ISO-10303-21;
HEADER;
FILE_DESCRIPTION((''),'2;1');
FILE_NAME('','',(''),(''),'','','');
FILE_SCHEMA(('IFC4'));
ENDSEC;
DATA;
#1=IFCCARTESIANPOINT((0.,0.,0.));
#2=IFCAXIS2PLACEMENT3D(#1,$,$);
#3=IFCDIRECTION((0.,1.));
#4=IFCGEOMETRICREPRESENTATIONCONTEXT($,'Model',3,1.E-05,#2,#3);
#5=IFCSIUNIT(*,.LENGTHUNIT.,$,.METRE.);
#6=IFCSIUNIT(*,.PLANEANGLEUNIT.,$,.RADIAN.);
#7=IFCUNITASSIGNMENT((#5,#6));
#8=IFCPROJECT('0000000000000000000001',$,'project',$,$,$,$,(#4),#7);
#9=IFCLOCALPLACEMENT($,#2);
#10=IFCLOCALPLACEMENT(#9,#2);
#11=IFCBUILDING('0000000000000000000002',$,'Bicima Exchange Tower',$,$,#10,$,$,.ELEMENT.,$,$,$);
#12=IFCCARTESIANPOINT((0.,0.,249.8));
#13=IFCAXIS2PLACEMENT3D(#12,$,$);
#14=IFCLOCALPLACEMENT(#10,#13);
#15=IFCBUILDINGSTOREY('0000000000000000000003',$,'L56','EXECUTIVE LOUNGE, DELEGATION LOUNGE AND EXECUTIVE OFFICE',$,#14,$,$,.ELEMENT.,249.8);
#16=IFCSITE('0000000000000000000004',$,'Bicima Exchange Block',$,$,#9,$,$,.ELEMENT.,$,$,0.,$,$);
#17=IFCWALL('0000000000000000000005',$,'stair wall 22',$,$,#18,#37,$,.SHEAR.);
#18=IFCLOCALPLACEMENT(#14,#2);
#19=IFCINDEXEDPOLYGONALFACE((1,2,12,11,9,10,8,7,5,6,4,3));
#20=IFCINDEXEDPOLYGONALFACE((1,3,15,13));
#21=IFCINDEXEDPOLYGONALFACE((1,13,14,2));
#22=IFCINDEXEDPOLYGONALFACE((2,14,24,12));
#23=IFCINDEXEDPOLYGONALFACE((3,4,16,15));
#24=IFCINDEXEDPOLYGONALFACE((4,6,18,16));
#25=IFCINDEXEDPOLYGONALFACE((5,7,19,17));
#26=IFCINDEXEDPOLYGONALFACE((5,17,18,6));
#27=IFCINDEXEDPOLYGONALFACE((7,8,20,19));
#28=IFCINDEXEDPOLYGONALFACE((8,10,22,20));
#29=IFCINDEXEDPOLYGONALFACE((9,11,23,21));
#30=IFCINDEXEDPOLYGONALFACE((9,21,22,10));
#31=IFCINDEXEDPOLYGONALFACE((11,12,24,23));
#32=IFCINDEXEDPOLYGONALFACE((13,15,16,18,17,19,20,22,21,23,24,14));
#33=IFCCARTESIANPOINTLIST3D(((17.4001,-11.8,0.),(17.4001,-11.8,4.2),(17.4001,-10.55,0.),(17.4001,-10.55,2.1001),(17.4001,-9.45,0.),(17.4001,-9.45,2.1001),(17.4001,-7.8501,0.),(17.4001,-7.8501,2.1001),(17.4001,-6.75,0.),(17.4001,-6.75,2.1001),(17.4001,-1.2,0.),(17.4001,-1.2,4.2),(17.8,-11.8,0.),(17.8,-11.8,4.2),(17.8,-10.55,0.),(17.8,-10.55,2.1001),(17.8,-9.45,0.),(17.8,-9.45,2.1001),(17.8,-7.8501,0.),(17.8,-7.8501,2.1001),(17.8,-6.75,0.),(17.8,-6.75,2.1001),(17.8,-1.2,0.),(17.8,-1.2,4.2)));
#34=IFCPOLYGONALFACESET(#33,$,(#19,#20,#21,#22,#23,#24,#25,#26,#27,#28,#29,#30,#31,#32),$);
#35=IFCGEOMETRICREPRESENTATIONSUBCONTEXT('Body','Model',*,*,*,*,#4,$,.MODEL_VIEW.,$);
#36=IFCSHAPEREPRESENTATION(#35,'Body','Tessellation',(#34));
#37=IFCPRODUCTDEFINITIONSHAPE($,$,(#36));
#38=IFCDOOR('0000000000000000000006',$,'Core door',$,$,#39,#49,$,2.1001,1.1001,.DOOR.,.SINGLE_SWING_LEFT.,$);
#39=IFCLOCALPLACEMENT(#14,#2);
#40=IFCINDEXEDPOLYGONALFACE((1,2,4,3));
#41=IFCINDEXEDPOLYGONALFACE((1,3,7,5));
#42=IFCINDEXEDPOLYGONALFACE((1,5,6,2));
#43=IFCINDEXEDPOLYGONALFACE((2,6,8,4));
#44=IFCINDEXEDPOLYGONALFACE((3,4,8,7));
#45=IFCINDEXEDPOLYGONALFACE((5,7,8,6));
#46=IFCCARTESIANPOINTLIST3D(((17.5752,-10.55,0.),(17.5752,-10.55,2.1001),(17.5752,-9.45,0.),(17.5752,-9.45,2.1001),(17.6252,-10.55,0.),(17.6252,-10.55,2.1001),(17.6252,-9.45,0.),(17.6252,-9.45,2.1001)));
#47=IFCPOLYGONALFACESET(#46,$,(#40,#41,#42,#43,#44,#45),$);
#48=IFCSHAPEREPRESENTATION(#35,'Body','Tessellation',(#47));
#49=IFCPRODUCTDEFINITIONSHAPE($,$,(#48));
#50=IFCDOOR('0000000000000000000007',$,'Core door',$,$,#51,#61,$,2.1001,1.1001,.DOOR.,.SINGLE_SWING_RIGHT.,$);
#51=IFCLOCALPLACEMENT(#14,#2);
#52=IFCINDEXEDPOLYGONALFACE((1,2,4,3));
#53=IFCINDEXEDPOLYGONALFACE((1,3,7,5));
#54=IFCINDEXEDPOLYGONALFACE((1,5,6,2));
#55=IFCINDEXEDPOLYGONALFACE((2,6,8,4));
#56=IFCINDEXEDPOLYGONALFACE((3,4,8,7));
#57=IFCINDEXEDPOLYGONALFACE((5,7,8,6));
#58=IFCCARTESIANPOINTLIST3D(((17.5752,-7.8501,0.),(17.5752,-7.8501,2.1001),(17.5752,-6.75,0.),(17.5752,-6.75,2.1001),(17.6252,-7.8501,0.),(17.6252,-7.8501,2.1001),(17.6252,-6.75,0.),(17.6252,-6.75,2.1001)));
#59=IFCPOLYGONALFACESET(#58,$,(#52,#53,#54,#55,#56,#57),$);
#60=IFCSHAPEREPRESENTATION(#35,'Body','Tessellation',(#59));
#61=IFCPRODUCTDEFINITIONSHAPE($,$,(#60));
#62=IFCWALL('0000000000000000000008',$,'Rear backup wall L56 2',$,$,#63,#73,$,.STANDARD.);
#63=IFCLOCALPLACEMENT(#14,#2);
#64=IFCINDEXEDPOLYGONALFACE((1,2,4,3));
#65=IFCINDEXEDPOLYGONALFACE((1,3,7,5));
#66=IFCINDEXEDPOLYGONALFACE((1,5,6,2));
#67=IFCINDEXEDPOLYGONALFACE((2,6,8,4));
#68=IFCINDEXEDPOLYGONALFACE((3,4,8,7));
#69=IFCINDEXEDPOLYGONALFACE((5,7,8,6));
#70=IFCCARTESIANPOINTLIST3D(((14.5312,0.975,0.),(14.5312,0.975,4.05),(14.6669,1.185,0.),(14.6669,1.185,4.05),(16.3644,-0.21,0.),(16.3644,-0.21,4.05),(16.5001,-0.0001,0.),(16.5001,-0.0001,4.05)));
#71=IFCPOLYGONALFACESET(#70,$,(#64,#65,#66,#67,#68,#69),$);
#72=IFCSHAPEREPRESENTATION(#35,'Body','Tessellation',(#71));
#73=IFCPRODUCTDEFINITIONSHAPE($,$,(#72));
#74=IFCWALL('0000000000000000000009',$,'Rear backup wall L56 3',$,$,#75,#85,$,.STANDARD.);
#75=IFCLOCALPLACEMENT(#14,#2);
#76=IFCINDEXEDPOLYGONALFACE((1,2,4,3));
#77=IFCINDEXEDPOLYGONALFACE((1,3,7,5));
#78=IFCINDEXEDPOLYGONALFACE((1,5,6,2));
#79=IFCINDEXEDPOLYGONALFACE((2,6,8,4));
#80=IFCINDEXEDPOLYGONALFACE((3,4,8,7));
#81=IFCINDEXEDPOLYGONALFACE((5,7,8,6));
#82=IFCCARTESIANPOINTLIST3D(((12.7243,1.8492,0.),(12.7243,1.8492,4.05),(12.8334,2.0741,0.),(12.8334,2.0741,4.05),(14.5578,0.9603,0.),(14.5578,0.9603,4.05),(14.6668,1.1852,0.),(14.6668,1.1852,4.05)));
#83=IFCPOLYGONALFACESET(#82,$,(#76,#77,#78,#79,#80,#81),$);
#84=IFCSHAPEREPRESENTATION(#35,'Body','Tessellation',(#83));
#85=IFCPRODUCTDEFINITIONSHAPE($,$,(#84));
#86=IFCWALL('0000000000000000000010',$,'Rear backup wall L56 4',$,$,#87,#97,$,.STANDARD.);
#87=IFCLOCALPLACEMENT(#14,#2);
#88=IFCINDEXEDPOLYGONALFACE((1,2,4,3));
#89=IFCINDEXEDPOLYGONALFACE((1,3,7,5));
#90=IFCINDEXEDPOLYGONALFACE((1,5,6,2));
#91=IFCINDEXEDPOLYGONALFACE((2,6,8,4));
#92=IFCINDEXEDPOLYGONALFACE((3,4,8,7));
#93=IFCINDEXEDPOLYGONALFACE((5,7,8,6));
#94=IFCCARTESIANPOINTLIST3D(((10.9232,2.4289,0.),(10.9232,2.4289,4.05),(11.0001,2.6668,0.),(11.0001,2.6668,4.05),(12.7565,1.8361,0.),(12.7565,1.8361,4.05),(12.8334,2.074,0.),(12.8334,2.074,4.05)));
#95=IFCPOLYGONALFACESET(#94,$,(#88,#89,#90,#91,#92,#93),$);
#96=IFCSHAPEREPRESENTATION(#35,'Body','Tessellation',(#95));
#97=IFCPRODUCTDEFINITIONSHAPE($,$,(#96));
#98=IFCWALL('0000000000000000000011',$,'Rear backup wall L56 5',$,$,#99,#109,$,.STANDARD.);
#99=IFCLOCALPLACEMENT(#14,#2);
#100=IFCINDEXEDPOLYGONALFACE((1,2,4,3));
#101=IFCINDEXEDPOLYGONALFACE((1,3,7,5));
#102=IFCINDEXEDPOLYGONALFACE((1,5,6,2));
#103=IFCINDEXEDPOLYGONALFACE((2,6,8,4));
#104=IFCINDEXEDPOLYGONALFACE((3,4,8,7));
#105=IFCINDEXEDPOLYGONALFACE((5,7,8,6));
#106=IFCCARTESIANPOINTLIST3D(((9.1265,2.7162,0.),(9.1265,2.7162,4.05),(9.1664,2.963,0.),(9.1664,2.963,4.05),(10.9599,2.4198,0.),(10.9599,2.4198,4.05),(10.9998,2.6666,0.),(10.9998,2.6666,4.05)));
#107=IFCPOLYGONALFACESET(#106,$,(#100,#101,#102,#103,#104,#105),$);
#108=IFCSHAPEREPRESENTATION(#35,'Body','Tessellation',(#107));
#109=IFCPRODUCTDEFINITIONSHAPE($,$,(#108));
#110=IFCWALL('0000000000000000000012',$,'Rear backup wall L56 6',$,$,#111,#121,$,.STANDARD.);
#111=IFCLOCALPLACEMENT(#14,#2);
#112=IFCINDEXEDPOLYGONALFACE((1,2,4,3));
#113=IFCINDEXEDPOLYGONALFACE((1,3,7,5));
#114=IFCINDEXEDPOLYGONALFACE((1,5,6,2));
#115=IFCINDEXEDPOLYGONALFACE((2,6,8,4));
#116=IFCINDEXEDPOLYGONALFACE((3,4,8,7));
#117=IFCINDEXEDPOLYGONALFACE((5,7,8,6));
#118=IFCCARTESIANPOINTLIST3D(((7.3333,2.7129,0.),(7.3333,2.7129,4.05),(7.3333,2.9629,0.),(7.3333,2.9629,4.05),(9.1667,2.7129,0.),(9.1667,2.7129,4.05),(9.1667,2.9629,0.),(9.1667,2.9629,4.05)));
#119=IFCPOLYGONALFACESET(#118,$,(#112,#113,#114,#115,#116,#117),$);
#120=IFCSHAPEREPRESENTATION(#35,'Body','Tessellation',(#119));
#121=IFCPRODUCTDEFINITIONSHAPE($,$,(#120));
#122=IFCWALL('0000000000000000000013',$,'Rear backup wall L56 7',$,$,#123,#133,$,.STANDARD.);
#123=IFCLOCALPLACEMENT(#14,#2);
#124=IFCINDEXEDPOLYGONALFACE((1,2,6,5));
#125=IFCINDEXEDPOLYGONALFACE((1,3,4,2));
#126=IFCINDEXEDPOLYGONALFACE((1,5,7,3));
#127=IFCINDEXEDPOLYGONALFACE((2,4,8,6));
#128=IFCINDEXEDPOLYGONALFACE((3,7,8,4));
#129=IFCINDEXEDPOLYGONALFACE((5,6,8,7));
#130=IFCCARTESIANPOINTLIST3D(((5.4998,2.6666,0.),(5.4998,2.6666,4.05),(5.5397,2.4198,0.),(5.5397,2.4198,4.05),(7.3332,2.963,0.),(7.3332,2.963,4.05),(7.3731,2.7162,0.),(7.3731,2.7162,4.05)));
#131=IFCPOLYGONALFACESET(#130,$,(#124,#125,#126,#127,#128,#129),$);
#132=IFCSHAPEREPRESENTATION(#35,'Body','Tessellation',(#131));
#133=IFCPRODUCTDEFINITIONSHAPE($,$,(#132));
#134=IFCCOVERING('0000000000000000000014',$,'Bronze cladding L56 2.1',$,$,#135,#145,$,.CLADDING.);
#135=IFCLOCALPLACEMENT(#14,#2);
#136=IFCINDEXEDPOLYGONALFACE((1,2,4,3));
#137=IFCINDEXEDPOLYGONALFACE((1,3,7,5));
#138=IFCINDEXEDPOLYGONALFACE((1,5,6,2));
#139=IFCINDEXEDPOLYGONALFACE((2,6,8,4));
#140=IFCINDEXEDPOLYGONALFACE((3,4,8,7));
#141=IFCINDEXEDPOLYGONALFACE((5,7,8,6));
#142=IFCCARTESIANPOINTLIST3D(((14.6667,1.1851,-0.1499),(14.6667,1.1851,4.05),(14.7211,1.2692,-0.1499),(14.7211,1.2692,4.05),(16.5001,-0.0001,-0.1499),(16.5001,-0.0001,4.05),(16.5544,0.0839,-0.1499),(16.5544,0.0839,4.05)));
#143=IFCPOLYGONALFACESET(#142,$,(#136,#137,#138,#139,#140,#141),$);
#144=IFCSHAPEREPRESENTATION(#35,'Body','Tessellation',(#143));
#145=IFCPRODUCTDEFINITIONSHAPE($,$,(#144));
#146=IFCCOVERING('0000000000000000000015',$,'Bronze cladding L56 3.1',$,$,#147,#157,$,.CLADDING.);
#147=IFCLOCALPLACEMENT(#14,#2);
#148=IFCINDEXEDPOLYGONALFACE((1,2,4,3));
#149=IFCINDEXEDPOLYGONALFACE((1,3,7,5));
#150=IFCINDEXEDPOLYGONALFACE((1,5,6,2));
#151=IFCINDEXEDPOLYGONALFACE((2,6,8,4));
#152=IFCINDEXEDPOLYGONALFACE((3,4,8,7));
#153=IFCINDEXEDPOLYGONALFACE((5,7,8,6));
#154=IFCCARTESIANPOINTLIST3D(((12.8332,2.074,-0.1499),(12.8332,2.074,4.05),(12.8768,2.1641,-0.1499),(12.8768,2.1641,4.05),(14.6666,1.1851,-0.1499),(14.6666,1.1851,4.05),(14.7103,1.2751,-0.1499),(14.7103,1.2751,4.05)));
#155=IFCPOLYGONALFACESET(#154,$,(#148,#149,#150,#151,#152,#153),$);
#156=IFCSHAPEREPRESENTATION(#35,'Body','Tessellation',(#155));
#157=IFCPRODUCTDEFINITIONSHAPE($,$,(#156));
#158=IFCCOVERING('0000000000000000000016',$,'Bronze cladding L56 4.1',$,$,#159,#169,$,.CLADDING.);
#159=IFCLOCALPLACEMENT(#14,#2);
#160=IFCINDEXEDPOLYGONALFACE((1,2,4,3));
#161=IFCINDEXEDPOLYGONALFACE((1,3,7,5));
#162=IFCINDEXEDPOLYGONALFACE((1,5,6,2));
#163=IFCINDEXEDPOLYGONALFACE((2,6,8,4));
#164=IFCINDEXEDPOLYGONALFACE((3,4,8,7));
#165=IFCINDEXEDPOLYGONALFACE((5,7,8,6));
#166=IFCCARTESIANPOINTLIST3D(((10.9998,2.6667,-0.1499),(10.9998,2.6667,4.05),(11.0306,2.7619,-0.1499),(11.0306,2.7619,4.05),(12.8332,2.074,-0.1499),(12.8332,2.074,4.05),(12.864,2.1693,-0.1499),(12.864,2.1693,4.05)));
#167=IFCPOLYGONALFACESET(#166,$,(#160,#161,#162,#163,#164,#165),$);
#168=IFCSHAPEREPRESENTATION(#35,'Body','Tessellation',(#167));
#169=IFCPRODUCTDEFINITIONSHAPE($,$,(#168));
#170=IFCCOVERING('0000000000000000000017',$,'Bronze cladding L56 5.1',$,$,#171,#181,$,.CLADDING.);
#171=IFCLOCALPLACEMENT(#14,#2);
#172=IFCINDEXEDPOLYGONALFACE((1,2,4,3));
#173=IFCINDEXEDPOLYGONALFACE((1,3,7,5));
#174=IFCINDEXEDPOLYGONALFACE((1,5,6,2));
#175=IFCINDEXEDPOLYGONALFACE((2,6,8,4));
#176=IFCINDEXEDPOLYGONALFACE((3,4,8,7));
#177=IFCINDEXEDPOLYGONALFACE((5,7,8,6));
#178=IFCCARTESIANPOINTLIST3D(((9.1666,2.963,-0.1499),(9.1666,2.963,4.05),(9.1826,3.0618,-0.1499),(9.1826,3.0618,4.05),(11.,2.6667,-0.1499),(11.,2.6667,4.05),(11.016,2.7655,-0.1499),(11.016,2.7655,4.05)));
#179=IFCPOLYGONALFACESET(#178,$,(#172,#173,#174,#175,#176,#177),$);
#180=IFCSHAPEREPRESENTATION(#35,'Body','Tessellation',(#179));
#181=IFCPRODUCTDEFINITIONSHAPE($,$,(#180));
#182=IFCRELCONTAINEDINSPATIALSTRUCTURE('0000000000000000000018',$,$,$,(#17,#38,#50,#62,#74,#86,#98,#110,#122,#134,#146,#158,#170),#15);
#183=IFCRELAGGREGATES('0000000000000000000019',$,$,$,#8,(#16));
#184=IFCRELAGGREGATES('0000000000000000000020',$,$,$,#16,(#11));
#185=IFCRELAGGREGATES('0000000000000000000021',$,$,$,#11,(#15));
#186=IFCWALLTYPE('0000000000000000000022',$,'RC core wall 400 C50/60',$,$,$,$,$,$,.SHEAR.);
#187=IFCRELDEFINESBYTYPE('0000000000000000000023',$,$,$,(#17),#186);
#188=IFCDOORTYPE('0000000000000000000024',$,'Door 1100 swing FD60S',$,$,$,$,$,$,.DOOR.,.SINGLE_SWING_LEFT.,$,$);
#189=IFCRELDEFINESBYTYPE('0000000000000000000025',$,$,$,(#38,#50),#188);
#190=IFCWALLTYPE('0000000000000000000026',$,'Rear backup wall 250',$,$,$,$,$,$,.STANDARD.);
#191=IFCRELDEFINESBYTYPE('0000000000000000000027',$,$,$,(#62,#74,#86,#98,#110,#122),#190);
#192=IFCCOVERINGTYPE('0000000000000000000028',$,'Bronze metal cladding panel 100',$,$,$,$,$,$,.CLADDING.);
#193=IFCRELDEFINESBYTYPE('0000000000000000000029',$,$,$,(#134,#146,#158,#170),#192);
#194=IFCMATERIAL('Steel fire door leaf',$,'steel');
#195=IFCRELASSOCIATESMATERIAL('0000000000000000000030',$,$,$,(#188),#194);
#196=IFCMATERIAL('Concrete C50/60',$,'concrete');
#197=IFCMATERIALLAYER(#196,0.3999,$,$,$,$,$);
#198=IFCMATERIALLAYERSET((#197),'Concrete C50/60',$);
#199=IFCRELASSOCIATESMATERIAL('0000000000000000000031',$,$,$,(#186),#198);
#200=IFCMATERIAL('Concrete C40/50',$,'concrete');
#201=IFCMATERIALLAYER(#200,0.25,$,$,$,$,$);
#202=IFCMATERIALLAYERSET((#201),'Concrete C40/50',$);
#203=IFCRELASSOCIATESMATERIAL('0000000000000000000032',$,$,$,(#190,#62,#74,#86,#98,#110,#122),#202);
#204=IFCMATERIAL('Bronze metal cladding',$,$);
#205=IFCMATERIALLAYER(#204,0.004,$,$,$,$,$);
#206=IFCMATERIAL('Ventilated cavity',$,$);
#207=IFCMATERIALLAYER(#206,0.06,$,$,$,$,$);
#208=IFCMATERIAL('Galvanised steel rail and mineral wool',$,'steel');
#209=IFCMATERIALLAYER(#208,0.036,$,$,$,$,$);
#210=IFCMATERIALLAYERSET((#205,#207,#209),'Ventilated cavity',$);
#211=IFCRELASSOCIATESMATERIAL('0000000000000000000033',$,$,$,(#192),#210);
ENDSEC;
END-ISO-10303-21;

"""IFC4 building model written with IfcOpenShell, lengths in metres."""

from ifc_helpers import new_model, si_unit, direction, frame, frame_2d, origin, origin_2d, place, context, subcontext, project, spatial, rectangle, extrude, material, layer, layer_set, layer_usage, type_object, element, fill, save


model = new_model("IFC4")

# Units and contexts
model_context = context("Model", 3, precision=1e-05, world=origin(), true_north=direction((0.0, 1.0)))
body_context = subcontext(model_context, "Body", "Model", "MODEL_VIEW")
ifc_project = project(units=[si_unit("LENGTHUNIT", "METRE"), si_unit("PLANEANGLEUNIT", "RADIAN")], contexts=[model_context])

# Site, building, storey
site_placement = place(None, origin())
site = spatial("IfcSite", under=ifc_project, at=site_placement, Name="Bicima Exchange Block", CompositionType="ELEMENT", RefElevation=0.0)
building_placement = place(site_placement, origin())
building = spatial("IfcBuilding", under=site, at=building_placement, Name="Bicima Exchange Tower", CompositionType="ELEMENT")
storey_placement = place(building_placement, frame((0.0, 0.0, 249.8)))
storey = spatial("IfcBuildingStorey", under=building, at=storey_placement, Name="L56", Description="EXECUTIVE LOUNGE, DELEGATION LOUNGE AND EXECUTIVE OFFICE", CompositionType="ELEMENT", Elevation=249.8)

# Shared definitions
ifc_material_1 = material(Name="Concrete C40/50", Category="concrete")
ifc_material_2 = material(Name="Steel fire door leaf", Category="steel")
door_type_1 = type_object("IfcDoorType", Name="Door 1100 swing FD60S", OperationType="SINGLE_SWING_LEFT", PredefinedType="DOOR", material=ifc_material_2)
ifc_material_3 = material(Name="Concrete C50/60", Category="concrete")
ifc_layer_1 = layer(ifc_material_3, 0.3999)
ifc_layer_set_1 = layer_set([ifc_layer_1], Name="Concrete C50/60")
wall_type_1 = type_object("IfcWallType", Name="RC core wall 400 C50/60", PredefinedType="SHEAR", material=ifc_layer_set_1)

# Wall, openings, doors
wall_1_placement = place(storey_placement, frame((17.6001, -11.8, 0.0), z_axis=(0.0, 0.0, 1.0), x_axis=(0.0, 1.0, 0.0)))
wall_1 = element("IfcWall", 1, at=wall_1_placement, inside=storey, type_object=wall_type_1, Name="stair wall 22", PredefinedType="SHEAR", context=body_context, shape_type="SweptSolid", body=[
    extrude(rectangle(XDim=10.6001, YDim=0.3999, at=frame_2d((5.3, 0.0))), origin(), (0.0, 0.0, 1.0), 4.2),
])
opening_1_placement = place(wall_1_placement, frame((1.25, 0.0, 0.0)))
opening_1 = element("IfcOpeningElement", 2, at=opening_1_placement, cuts=wall_1, PredefinedType="OPENING", context=body_context, shape_type="SweptSolid", body=[
    extrude(rectangle(XDim=1.1001, YDim=2.1001, at=frame_2d((0.55, 1.05))), frame((0.0, 0.2119, 0.0), z_axis=(0.0, -1.0, 0.0), x_axis=(1.0, 0.0, 0.0)), (0.0, 0.0, 1.0), 0.4238),
])
opening_2_placement = place(wall_1_placement, frame((3.95, 0.0, 0.0)))
opening_2 = element("IfcOpeningElement", 3, at=opening_2_placement, cuts=wall_1, PredefinedType="OPENING", context=body_context, shape_type="SweptSolid", body=[
    extrude(rectangle(XDim=1.1001, YDim=2.1001, at=frame_2d((0.55, 1.05))), frame((0.0, 0.2119, 0.0), z_axis=(0.0, -1.0, 0.0), x_axis=(1.0, 0.0, 0.0)), (0.0, 0.0, 1.0), 0.4238),
])
door_1_placement = place(opening_1_placement, origin())
door_1 = element("IfcDoor", 4, at=door_1_placement, inside=storey, type_object=door_type_1, Name="Core door", OperationType="SINGLE_SWING_LEFT", OverallHeight=2.1001, OverallWidth=1.1001, PredefinedType="DOOR", context=body_context, shape_type="SweptSolid", body=[
    extrude(rectangle(XDim=1.1001, YDim=2.1001, at=frame_2d((0.55, 1.05))), frame((0.0, 0.0249, 0.0), z_axis=(0.0, -1.0, 0.0), x_axis=(1.0, 0.0, 0.0)), (0.0, 0.0, 1.0), 0.05),
])
fill(opening_1, door_1)
door_2_placement = place(opening_2_placement, origin())
door_2 = element("IfcDoor", 5, at=door_2_placement, inside=storey, type_object=door_type_1, Name="Core door", OperationType="SINGLE_SWING_RIGHT", OverallHeight=2.1001, OverallWidth=1.1001, PredefinedType="DOOR", context=body_context, shape_type="SweptSolid", body=[
    extrude(rectangle(XDim=1.1001, YDim=2.1001, at=frame_2d((0.55, 1.05))), frame((0.0, 0.0249, 0.0), z_axis=(0.0, -1.0, 0.0), x_axis=(1.0, 0.0, 0.0)), (0.0, 0.0, 1.0), 0.05),
])
fill(opening_2, door_2)

# Walls
ifc_layer_2 = layer(ifc_material_1, 0.25)
ifc_layer_set_2 = layer_set([ifc_layer_2], Name="Concrete C40/50")
ifc_layer_usage = layer_usage(ifc_layer_set_2, "AXIS2", "POSITIVE", -0.125)
wall_type_2 = type_object("IfcWallType", Name="Rear backup wall 250", PredefinedType="STANDARD", material=ifc_layer_set_2)
wall_2_placement = place(storey_placement, frame((16.4321, -0.105, 0.0), z_axis=(0.0, 0.0, 1.0), x_axis=(-0.839813, 0.542876, 0.0)))
element("IfcWall", 6, at=wall_2_placement, inside=storey, type_object=wall_type_2, material=ifc_layer_usage, Name="Rear backup wall L56 2", PredefinedType="STANDARD", context=body_context, shape_type="SweptSolid", body=[
    extrude(rectangle(XDim=2.1829, YDim=0.25, at=frame_2d((1.0913, 0.0))), origin(), (0.0, 0.0, 1.0), 4.05),
])
wall_3_placement = place(storey_placement, frame((14.6123, 1.0728, 0.0), z_axis=(0.0, 0.0, 1.0), x_axis=(-0.899824, 0.436253, 0.0)))
element("IfcWall", 7, at=wall_3_placement, inside=storey, type_object=wall_type_2, material=ifc_layer_usage, Name="Rear backup wall L56 3", PredefinedType="STANDARD", context=body_context, shape_type="SweptSolid", body=[
    extrude(rectangle(XDim=2.0376, YDim=0.25, at=frame_2d((1.0188, 0.0))), origin(), (0.0, 0.0, 1.0), 4.05),
])
wall_4_placement = place(storey_placement, frame((12.7949, 1.9551, 0.0), z_axis=(0.0, 0.0, 1.0), x_axis=(-0.951496, 0.307662, 0.0)))
element("IfcWall", 8, at=wall_4_placement, inside=storey, type_object=wall_type_2, material=ifc_layer_usage, Name="Rear backup wall L56 4", PredefinedType="STANDARD", context=body_context, shape_type="SweptSolid", body=[
    extrude(rectangle(XDim=1.9268, YDim=0.25, at=frame_2d((0.9634, 0.0))), origin(), (0.0, 0.0, 1.0), 4.05),
])
wall_5_placement = place(storey_placement, frame((10.98, 2.5432, 0.0), z_axis=(0.0, 0.0, 1.0), x_axis=(-0.987182, 0.1596, 0.0)))
element("IfcWall", 9, at=wall_5_placement, inside=storey, type_object=wall_type_2, material=ifc_layer_usage, Name="Rear backup wall L56 5", PredefinedType="STANDARD", context=body_context, shape_type="SweptSolid", body=[
    extrude(rectangle(XDim=1.8572, YDim=0.25, at=frame_2d((0.9287, 0.0))), origin(), (0.0, 0.0, 1.0), 4.05),
])
wall_6_placement = place(storey_placement, frame((9.1667, 2.8379, 0.0), z_axis=(0.0, 0.0, 1.0), x_axis=(-1.0, 0.0, 0.0)))
element("IfcWall", 10, at=wall_6_placement, inside=storey, type_object=wall_type_2, material=ifc_layer_usage, Name="Rear backup wall L56 6", PredefinedType="STANDARD", context=body_context, shape_type="SweptSolid", body=[
    extrude(rectangle(XDim=1.8335, YDim=0.25, at=frame_2d((0.9167, 0.0))), origin(), (0.0, 0.0, 1.0), 4.05),
])
wall_7_placement = place(storey_placement, frame((7.3533, 2.8396, 0.0), z_axis=(0.0, 0.0, 1.0), x_axis=(-0.987182, -0.1596, 0.0)))
element("IfcWall", 11, at=wall_7_placement, inside=storey, type_object=wall_type_2, material=ifc_layer_usage, Name="Rear backup wall L56 7", PredefinedType="STANDARD", context=body_context, shape_type="SweptSolid", body=[
    extrude(rectangle(XDim=1.8572, YDim=0.25, at=frame_2d((0.9287, 0.0))), origin(), (0.0, 0.0, 1.0), 4.05),
])

# Coverings
ifc_material_4 = material(Name="Bronze metal cladding")
ifc_layer_3 = layer(ifc_material_4, 0.004)
ifc_material_5 = material(Name="Ventilated cavity")
ifc_layer_4 = layer(ifc_material_5, 0.06)
ifc_material_6 = material(Name="Galvanised steel rail and mineral wool", Category="steel")
ifc_layer_5 = layer(ifc_material_6, 0.036)
ifc_layer_set_3 = layer_set([ifc_layer_3, ifc_layer_4, ifc_layer_5], Name="Ventilated cavity")
covering_type = type_object("IfcCoveringType", Name="Bronze metal cladding panel 100", PredefinedType="CLADDING", material=ifc_layer_set_3)
covering_1_placement = place(storey_placement, frame((15.6106, 0.6345, -0.1499), z_axis=(0.0, 0.0, 1.0), x_axis=(-0.83979, 0.542911, 0.0)))
element("IfcCovering", 12, at=covering_1_placement, inside=storey, type_object=covering_type, Name="Bronze cladding L56 2.1", PredefinedType="CLADDING", context=body_context, shape_type="SweptSolid", body=[
    extrude(rectangle(XDim=2.1831, YDim=0.1001, at=origin_2d()), origin(), (0.0, 0.0, 1.0), 4.2),
])
covering_2_placement = place(storey_placement, frame((13.7717, 1.6746, -0.1499), z_axis=(0.0, 0.0, 1.0), x_axis=(-0.899818, 0.436265, 0.0)))
element("IfcCovering", 13, at=covering_2_placement, inside=storey, type_object=covering_type, Name="Bronze cladding L56 3.1", PredefinedType="CLADDING", context=body_context, shape_type="SweptSolid", body=[
    extrude(rectangle(XDim=2.0376, YDim=0.1001, at=origin_2d()), origin(), (0.0, 0.0, 1.0), 4.2),
])
covering_3_placement = place(storey_placement, frame((11.9319, 2.418, -0.1499), z_axis=(0.0, 0.0, 1.0), x_axis=(-0.951525, 0.307573, 0.0)))
element("IfcCovering", 14, at=covering_3_placement, inside=storey, type_object=covering_type, Name="Bronze cladding L56 4.1", PredefinedType="CLADDING", context=body_context, shape_type="SweptSolid", body=[
    extrude(rectangle(XDim=1.9268, YDim=0.1001, at=origin_2d()), origin(), (0.0, 0.0, 1.0), 4.2),
])
covering_4_placement = place(storey_placement, frame((10.0913, 2.8643, -0.1499), z_axis=(0.0, 0.0, 1.0), x_axis=(-0.98719, 0.15955, 0.0)))
element("IfcCovering", 15, at=covering_4_placement, inside=storey, type_object=covering_type, Name="Bronze cladding L56 5.1", PredefinedType="CLADDING", context=body_context, shape_type="SweptSolid", body=[
    extrude(rectangle(XDim=1.8572, YDim=0.1001, at=origin_2d()), origin(), (0.0, 0.0, 1.0), 4.2),
])

save(model, "model.ifc")
